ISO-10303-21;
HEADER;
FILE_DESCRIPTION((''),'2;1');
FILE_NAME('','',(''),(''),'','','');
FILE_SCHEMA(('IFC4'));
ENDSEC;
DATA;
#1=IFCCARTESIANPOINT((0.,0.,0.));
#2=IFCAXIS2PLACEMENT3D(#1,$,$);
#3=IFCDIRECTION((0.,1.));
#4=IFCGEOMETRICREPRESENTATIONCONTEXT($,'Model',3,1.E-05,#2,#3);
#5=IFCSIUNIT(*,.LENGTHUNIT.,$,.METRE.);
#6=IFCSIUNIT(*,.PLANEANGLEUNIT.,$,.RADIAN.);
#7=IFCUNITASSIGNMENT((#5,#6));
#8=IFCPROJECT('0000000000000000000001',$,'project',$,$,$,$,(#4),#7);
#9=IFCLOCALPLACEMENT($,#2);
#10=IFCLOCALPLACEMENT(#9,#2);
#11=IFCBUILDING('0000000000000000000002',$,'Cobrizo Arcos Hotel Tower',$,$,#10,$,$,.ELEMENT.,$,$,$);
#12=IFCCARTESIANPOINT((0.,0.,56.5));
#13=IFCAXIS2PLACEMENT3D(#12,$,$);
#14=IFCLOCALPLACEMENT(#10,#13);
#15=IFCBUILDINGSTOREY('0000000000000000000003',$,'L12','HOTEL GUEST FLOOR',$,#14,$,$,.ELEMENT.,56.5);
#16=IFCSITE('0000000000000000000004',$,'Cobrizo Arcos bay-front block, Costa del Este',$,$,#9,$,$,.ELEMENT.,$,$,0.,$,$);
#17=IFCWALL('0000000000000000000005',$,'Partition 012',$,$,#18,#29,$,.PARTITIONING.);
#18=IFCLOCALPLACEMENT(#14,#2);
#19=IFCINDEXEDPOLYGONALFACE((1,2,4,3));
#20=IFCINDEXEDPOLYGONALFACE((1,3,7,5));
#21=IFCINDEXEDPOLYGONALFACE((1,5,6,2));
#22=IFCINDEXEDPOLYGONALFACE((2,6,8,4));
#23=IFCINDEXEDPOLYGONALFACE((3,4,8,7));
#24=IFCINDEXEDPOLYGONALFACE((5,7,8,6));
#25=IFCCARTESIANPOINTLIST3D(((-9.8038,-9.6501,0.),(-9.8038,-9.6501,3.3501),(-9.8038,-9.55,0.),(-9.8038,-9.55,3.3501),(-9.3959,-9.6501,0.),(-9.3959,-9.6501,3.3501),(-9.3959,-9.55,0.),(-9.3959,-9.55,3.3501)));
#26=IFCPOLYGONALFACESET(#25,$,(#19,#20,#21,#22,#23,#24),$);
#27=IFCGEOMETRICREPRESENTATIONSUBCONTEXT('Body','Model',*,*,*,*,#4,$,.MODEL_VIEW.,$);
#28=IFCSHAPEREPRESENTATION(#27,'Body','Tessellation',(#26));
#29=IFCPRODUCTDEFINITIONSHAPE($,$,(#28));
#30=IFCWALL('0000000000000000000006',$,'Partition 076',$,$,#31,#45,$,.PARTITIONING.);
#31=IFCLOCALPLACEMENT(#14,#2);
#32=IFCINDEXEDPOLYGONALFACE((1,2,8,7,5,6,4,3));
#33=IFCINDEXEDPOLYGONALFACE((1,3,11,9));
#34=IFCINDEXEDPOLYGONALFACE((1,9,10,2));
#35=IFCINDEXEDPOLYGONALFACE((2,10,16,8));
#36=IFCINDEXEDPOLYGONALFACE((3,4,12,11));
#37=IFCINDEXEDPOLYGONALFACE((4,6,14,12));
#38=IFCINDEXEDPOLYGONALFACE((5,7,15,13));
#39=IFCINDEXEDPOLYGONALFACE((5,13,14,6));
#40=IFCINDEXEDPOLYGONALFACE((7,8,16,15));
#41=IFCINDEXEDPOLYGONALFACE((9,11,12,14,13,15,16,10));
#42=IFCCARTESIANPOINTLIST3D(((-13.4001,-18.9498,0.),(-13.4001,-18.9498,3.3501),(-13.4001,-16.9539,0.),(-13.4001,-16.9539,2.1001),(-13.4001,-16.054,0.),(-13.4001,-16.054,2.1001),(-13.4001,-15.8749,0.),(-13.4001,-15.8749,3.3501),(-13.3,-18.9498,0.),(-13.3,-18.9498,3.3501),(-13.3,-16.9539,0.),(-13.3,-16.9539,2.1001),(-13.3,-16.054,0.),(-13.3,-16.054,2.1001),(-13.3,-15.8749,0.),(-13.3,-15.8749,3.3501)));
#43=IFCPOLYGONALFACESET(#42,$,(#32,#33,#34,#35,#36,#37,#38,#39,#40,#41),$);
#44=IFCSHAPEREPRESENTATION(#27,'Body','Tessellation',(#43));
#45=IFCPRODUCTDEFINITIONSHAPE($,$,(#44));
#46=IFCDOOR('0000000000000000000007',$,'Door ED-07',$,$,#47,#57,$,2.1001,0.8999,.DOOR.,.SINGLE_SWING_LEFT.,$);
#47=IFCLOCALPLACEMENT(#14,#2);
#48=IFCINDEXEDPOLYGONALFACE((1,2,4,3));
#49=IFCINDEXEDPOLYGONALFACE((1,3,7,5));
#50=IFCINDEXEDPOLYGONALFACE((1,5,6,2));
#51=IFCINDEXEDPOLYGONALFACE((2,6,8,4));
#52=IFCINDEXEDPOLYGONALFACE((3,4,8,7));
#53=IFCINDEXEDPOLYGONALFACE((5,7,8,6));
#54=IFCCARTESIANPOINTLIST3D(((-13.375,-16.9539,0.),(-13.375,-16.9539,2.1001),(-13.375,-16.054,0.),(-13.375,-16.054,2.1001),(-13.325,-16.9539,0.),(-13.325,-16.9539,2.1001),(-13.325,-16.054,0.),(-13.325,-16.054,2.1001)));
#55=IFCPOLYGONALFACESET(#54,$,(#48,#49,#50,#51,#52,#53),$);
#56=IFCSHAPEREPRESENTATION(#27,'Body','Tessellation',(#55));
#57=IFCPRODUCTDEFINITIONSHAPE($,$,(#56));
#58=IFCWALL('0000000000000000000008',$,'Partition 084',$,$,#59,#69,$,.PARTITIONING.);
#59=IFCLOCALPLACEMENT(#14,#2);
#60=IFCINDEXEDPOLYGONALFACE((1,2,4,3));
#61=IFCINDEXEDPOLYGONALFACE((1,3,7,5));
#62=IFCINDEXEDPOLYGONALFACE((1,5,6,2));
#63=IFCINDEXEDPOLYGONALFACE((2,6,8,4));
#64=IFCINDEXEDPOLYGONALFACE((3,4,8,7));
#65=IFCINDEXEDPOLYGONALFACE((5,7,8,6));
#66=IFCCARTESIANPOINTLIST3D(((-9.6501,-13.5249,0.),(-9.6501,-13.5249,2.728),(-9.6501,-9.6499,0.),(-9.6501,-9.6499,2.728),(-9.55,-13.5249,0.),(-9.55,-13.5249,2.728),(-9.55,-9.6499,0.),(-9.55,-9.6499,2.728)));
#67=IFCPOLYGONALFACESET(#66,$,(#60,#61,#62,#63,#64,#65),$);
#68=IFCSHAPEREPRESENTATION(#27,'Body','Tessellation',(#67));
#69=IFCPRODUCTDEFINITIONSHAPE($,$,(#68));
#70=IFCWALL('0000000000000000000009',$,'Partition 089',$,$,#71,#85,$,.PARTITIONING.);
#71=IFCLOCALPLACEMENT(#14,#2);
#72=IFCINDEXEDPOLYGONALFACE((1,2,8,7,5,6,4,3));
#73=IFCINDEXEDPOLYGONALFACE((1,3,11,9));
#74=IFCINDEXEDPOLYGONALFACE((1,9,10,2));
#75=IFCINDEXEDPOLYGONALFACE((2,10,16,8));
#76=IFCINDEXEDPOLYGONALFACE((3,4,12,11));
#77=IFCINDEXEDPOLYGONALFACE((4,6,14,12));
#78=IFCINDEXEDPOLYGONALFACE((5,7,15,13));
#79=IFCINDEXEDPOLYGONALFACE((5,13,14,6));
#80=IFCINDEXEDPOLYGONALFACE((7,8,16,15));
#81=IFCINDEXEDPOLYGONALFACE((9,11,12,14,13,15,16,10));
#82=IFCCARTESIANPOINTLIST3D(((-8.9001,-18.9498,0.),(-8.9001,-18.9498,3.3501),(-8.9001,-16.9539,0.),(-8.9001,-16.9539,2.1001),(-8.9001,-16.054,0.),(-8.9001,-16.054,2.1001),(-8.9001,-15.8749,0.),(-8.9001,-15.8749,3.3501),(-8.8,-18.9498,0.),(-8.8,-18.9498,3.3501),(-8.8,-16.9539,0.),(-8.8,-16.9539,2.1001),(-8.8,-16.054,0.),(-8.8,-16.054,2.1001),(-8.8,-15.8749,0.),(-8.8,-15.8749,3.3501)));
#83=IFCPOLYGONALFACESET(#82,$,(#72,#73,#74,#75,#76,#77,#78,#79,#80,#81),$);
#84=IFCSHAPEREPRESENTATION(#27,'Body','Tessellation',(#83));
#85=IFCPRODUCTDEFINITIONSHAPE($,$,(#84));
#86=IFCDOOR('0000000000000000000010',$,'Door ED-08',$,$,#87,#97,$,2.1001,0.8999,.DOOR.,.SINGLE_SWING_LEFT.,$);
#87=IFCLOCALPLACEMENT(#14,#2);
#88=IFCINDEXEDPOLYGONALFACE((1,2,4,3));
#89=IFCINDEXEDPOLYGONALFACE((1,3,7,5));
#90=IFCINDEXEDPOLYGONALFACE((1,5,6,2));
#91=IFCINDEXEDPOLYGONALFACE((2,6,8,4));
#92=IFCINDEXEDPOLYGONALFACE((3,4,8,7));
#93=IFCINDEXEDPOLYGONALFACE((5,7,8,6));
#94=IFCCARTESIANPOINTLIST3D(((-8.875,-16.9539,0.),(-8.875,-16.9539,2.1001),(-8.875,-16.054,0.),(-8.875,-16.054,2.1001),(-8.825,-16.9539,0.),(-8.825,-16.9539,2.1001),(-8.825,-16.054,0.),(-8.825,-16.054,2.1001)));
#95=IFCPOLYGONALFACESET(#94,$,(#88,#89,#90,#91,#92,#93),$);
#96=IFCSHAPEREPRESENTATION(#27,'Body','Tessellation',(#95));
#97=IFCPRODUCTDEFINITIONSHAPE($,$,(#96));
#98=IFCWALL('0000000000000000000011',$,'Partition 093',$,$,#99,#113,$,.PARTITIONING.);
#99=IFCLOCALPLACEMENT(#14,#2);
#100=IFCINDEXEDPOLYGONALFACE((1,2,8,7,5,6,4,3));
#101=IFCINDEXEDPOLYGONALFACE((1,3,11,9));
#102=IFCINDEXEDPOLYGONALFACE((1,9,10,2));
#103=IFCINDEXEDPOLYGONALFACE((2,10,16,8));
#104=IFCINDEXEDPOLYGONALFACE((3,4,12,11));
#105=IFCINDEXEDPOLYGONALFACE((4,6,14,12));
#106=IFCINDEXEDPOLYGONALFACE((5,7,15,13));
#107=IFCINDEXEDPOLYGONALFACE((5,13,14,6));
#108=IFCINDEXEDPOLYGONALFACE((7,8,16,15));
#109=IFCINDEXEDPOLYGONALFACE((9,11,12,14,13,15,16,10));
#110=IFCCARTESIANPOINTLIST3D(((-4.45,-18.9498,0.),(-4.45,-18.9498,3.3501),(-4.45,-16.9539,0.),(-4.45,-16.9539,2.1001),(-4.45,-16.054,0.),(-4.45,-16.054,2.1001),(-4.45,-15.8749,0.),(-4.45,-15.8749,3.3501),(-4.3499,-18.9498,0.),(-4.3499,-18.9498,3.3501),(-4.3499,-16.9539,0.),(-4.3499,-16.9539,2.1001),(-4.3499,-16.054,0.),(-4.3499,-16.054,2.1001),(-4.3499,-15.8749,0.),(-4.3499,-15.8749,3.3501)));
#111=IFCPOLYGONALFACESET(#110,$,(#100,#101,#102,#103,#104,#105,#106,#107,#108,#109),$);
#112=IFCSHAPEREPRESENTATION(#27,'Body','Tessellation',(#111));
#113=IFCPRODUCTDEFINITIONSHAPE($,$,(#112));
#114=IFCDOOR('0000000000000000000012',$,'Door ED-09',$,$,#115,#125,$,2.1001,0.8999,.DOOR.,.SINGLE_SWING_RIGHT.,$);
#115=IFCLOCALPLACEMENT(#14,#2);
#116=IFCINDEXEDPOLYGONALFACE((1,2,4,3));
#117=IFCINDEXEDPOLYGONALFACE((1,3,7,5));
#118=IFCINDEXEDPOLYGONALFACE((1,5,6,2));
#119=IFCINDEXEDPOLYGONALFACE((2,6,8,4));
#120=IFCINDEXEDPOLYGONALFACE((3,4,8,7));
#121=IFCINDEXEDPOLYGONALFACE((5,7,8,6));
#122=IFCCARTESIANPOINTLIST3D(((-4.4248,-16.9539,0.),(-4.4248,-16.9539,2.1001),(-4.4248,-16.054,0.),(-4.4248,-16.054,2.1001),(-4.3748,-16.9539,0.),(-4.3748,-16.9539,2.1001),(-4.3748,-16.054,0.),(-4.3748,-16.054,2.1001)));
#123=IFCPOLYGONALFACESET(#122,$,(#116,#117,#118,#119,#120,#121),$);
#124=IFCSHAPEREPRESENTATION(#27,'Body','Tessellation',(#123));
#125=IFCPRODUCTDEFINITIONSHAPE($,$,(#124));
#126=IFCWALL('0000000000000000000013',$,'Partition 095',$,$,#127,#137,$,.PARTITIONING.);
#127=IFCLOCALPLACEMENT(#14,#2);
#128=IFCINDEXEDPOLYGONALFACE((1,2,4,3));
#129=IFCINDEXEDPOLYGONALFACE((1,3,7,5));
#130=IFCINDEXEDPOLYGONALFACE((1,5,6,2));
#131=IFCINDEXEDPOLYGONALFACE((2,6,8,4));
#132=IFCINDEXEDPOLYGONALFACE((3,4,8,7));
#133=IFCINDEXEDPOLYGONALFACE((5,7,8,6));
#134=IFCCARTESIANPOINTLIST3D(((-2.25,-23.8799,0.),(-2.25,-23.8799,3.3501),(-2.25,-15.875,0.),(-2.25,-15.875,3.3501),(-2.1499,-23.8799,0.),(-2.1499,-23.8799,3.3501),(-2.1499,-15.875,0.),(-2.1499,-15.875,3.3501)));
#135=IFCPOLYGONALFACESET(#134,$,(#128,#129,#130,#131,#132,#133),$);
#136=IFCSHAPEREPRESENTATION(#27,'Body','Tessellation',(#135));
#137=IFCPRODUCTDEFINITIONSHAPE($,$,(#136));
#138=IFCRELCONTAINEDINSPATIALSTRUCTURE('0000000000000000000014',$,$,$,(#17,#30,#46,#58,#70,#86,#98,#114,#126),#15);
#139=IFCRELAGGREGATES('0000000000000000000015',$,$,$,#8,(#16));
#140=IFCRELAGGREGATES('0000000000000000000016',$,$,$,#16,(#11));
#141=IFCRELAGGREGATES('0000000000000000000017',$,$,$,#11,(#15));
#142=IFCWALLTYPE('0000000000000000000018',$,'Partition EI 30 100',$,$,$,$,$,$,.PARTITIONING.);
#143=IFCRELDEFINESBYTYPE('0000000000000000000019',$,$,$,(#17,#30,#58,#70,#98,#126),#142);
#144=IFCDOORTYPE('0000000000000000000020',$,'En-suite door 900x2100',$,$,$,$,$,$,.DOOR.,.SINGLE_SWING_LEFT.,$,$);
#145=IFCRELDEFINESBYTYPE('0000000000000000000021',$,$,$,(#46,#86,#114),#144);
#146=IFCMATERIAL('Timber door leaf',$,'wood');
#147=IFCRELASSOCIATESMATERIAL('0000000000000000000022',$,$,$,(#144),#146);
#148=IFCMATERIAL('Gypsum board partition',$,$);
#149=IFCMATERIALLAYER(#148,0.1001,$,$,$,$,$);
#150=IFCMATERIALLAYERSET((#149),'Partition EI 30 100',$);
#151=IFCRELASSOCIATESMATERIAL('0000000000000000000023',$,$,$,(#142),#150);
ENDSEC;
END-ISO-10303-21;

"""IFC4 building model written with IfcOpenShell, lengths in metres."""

from ifc_helpers import new_model, si_unit, direction, frame, frame_2d, origin, place, context, subcontext, project, spatial, rectangle, extrude, material, layer, layer_set, type_object, element, fill, save


model = new_model("IFC4")

# Units and contexts
model_context = context("Model", 3, precision=1e-05, world=origin(), true_north=direction((0.0, 1.0)))
body_context = subcontext(model_context, "Body", "Model", "MODEL_VIEW")
ifc_project = project(units=[si_unit("LENGTHUNIT", "METRE"), si_unit("PLANEANGLEUNIT", "RADIAN")], contexts=[model_context])

# Site, building, storey
site_placement = place(None, origin())
site = spatial("IfcSite", under=ifc_project, at=site_placement, Name="Cobrizo Arcos bay-front block, Costa del Este", CompositionType="ELEMENT", RefElevation=0.0)
building_placement = place(site_placement, origin())
building = spatial("IfcBuilding", under=site, at=building_placement, Name="Cobrizo Arcos Hotel Tower", CompositionType="ELEMENT")
storey_placement = place(building_placement, frame((0.0, 0.0, 56.5)))
storey = spatial("IfcBuildingStorey", under=building, at=storey_placement, Name="L12", Description="HOTEL GUEST FLOOR", CompositionType="ELEMENT", Elevation=56.5)

# Shared definitions
ifc_material_1 = material(Name="Gypsum board partition")
ifc_material_2 = material(Name="Timber door leaf", Category="wood")
door_type_1 = type_object("IfcDoorType", Name="En-suite door 900x2100", OperationType="SINGLE_SWING_LEFT", PredefinedType="DOOR", material=ifc_material_2)

# Wall
ifc_layer_1 = layer(ifc_material_1, 0.1001)
ifc_layer_set_1 = layer_set([ifc_layer_1], Name="Partition EI 30 100")
wall_type_1 = type_object("IfcWallType", Name="Partition EI 30 100", PredefinedType="PARTITIONING", material=ifc_layer_set_1)
wall_1_placement = place(storey_placement, frame((-9.804, -9.6001, 0.0), z_axis=(0.0, 0.0, 1.0), x_axis=(1.0, 0.0, 0.0)))
element("IfcWall", 1, at=wall_1_placement, inside=storey, type_object=wall_type_1, Name="Partition 012", PredefinedType="PARTITIONING", context=body_context, shape_type="SweptSolid", body=[
    extrude(rectangle(XDim=0.408, YDim=0.1001, at=frame_2d((0.2041, 0.0))), origin(), (0.0, 0.0, 1.0), 3.3501),
])

# Wall, opening, door
wall_2_placement = place(storey_placement, frame((-13.3501, -18.95, 0.0), z_axis=(0.0, 0.0, 1.0), x_axis=(0.0, 1.0, 0.0)))
wall_2 = element("IfcWall", 2, at=wall_2_placement, inside=storey, type_object=wall_type_1, Name="Partition 076", PredefinedType="PARTITIONING", context=body_context, shape_type="SweptSolid", body=[
    extrude(rectangle(XDim=3.075, YDim=0.1001, at=frame_2d((1.5376, 0.0))), origin(), (0.0, 0.0, 1.0), 3.3501),
])
opening_1_placement = place(wall_2_placement, frame((1.9961, 0.0, 0.0)))
opening_1 = element("IfcOpeningElement", 3, at=opening_1_placement, cuts=wall_2, PredefinedType="OPENING", context=body_context, shape_type="SweptSolid", body=[
    extrude(rectangle(XDim=0.8999, YDim=2.1001, at=frame_2d((0.45, 1.05))), frame((0.0, 0.062, 0.0), z_axis=(0.0, -1.0, 0.0), x_axis=(1.0, 0.0, 0.0)), (0.0, 0.0, 1.0), 0.124),
])
door_1_placement = place(opening_1_placement, origin())
door_1 = element("IfcDoor", 4, at=door_1_placement, inside=storey, type_object=door_type_1, Name="Door ED-07", OperationType="SINGLE_SWING_LEFT", OverallHeight=2.1001, OverallWidth=0.8999, PredefinedType="DOOR", context=body_context, shape_type="SweptSolid", body=[
    extrude(rectangle(XDim=0.8999, YDim=2.1001, at=frame_2d((0.45, 1.05))), frame((0.0, 0.0249, 0.0), z_axis=(0.0, -1.0, 0.0), x_axis=(1.0, 0.0, 0.0)), (0.0, 0.0, 1.0), 0.05),
])
fill(opening_1, door_1)

# Wall
wall_3_placement = place(storey_placement, frame((-9.6001, -13.5249, 0.0), z_axis=(0.0, 0.0, 1.0), x_axis=(0.0, 1.0, 0.0)))
element("IfcWall", 5, at=wall_3_placement, inside=storey, type_object=wall_type_1, Name="Partition 084", PredefinedType="PARTITIONING", context=body_context, shape_type="SweptSolid", body=[
    extrude(rectangle(XDim=3.875, YDim=0.1001, at=frame_2d((1.9375, 0.0))), origin(), (0.0, 0.0, 1.0), 2.728),
])

# Walls, openings, doors
wall_4_placement = place(storey_placement, frame((-8.8501, -18.95, 0.0), z_axis=(0.0, 0.0, 1.0), x_axis=(0.0, 1.0, 0.0)))
wall_4 = element("IfcWall", 6, at=wall_4_placement, inside=storey, type_object=wall_type_1, Name="Partition 089", PredefinedType="PARTITIONING", context=body_context, shape_type="SweptSolid", body=[
    extrude(rectangle(XDim=3.075, YDim=0.1001, at=frame_2d((1.5376, 0.0))), origin(), (0.0, 0.0, 1.0), 3.3501),
])
opening_2_placement = place(wall_4_placement, frame((1.9961, 0.0, 0.0)))
opening_2 = element("IfcOpeningElement", 7, at=opening_2_placement, cuts=wall_4, PredefinedType="OPENING", context=body_context, shape_type="SweptSolid", body=[
    extrude(rectangle(XDim=0.8999, YDim=2.1001, at=frame_2d((0.45, 1.05))), frame((0.0, 0.062, 0.0), z_axis=(0.0, -1.0, 0.0), x_axis=(1.0, 0.0, 0.0)), (0.0, 0.0, 1.0), 0.124),
])
door_2_placement = place(opening_2_placement, origin())
door_2 = element("IfcDoor", 8, at=door_2_placement, inside=storey, type_object=door_type_1, Name="Door ED-08", OperationType="SINGLE_SWING_LEFT", OverallHeight=2.1001, OverallWidth=0.8999, PredefinedType="DOOR", context=body_context, shape_type="SweptSolid", body=[
    extrude(rectangle(XDim=0.8999, YDim=2.1001, at=frame_2d((0.45, 1.05))), frame((0.0, 0.0249, 0.0), z_axis=(0.0, -1.0, 0.0), x_axis=(1.0, 0.0, 0.0)), (0.0, 0.0, 1.0), 0.05),
])
fill(opening_2, door_2)
wall_5_placement = place(storey_placement, frame((-4.3999, -18.95, 0.0), z_axis=(0.0, 0.0, 1.0), x_axis=(0.0, 1.0, 0.0)))
wall_5 = element("IfcWall", 9, at=wall_5_placement, inside=storey, type_object=wall_type_1, Name="Partition 093", PredefinedType="PARTITIONING", context=body_context, shape_type="SweptSolid", body=[
    extrude(rectangle(XDim=3.075, YDim=0.1001, at=frame_2d((1.5376, 0.0))), origin(), (0.0, 0.0, 1.0), 3.3501),
])
opening_3_placement = place(wall_5_placement, frame((1.9961, 0.0, 0.0)))
opening_3 = element("IfcOpeningElement", 10, at=opening_3_placement, cuts=wall_5, PredefinedType="OPENING", context=body_context, shape_type="SweptSolid", body=[
    extrude(rectangle(XDim=0.8999, YDim=2.1001, at=frame_2d((0.45, 1.05))), frame((0.0, 0.062, 0.0), z_axis=(0.0, -1.0, 0.0), x_axis=(1.0, 0.0, 0.0)), (0.0, 0.0, 1.0), 0.124),
])
door_3_placement = place(opening_3_placement, origin())
door_3 = element("IfcDoor", 11, at=door_3_placement, inside=storey, type_object=door_type_1, Name="Door ED-09", OperationType="SINGLE_SWING_RIGHT", OverallHeight=2.1001, OverallWidth=0.8999, PredefinedType="DOOR", context=body_context, shape_type="SweptSolid", body=[
    extrude(rectangle(XDim=0.8999, YDim=2.1001, at=frame_2d((0.45, 1.05))), frame((0.0, 0.0249, 0.0), z_axis=(0.0, -1.0, 0.0), x_axis=(1.0, 0.0, 0.0)), (0.0, 0.0, 1.0), 0.05),
])
fill(opening_3, door_3)

# Wall
wall_6_placement = place(storey_placement, frame((-2.2, -23.8799, 0.0), z_axis=(0.0, 0.0, 1.0), x_axis=(0.0, 1.0, 0.0)))
element("IfcWall", 12, at=wall_6_placement, inside=storey, type_object=wall_type_1, Name="Partition 095", PredefinedType="PARTITIONING", context=body_context, shape_type="SweptSolid", body=[
    extrude(rectangle(XDim=8.0049, YDim=0.1001, at=frame_2d((4.0024, 0.0))), origin(), (0.0, 0.0, 1.0), 3.3501),
])

save(model, "model.ifc")
